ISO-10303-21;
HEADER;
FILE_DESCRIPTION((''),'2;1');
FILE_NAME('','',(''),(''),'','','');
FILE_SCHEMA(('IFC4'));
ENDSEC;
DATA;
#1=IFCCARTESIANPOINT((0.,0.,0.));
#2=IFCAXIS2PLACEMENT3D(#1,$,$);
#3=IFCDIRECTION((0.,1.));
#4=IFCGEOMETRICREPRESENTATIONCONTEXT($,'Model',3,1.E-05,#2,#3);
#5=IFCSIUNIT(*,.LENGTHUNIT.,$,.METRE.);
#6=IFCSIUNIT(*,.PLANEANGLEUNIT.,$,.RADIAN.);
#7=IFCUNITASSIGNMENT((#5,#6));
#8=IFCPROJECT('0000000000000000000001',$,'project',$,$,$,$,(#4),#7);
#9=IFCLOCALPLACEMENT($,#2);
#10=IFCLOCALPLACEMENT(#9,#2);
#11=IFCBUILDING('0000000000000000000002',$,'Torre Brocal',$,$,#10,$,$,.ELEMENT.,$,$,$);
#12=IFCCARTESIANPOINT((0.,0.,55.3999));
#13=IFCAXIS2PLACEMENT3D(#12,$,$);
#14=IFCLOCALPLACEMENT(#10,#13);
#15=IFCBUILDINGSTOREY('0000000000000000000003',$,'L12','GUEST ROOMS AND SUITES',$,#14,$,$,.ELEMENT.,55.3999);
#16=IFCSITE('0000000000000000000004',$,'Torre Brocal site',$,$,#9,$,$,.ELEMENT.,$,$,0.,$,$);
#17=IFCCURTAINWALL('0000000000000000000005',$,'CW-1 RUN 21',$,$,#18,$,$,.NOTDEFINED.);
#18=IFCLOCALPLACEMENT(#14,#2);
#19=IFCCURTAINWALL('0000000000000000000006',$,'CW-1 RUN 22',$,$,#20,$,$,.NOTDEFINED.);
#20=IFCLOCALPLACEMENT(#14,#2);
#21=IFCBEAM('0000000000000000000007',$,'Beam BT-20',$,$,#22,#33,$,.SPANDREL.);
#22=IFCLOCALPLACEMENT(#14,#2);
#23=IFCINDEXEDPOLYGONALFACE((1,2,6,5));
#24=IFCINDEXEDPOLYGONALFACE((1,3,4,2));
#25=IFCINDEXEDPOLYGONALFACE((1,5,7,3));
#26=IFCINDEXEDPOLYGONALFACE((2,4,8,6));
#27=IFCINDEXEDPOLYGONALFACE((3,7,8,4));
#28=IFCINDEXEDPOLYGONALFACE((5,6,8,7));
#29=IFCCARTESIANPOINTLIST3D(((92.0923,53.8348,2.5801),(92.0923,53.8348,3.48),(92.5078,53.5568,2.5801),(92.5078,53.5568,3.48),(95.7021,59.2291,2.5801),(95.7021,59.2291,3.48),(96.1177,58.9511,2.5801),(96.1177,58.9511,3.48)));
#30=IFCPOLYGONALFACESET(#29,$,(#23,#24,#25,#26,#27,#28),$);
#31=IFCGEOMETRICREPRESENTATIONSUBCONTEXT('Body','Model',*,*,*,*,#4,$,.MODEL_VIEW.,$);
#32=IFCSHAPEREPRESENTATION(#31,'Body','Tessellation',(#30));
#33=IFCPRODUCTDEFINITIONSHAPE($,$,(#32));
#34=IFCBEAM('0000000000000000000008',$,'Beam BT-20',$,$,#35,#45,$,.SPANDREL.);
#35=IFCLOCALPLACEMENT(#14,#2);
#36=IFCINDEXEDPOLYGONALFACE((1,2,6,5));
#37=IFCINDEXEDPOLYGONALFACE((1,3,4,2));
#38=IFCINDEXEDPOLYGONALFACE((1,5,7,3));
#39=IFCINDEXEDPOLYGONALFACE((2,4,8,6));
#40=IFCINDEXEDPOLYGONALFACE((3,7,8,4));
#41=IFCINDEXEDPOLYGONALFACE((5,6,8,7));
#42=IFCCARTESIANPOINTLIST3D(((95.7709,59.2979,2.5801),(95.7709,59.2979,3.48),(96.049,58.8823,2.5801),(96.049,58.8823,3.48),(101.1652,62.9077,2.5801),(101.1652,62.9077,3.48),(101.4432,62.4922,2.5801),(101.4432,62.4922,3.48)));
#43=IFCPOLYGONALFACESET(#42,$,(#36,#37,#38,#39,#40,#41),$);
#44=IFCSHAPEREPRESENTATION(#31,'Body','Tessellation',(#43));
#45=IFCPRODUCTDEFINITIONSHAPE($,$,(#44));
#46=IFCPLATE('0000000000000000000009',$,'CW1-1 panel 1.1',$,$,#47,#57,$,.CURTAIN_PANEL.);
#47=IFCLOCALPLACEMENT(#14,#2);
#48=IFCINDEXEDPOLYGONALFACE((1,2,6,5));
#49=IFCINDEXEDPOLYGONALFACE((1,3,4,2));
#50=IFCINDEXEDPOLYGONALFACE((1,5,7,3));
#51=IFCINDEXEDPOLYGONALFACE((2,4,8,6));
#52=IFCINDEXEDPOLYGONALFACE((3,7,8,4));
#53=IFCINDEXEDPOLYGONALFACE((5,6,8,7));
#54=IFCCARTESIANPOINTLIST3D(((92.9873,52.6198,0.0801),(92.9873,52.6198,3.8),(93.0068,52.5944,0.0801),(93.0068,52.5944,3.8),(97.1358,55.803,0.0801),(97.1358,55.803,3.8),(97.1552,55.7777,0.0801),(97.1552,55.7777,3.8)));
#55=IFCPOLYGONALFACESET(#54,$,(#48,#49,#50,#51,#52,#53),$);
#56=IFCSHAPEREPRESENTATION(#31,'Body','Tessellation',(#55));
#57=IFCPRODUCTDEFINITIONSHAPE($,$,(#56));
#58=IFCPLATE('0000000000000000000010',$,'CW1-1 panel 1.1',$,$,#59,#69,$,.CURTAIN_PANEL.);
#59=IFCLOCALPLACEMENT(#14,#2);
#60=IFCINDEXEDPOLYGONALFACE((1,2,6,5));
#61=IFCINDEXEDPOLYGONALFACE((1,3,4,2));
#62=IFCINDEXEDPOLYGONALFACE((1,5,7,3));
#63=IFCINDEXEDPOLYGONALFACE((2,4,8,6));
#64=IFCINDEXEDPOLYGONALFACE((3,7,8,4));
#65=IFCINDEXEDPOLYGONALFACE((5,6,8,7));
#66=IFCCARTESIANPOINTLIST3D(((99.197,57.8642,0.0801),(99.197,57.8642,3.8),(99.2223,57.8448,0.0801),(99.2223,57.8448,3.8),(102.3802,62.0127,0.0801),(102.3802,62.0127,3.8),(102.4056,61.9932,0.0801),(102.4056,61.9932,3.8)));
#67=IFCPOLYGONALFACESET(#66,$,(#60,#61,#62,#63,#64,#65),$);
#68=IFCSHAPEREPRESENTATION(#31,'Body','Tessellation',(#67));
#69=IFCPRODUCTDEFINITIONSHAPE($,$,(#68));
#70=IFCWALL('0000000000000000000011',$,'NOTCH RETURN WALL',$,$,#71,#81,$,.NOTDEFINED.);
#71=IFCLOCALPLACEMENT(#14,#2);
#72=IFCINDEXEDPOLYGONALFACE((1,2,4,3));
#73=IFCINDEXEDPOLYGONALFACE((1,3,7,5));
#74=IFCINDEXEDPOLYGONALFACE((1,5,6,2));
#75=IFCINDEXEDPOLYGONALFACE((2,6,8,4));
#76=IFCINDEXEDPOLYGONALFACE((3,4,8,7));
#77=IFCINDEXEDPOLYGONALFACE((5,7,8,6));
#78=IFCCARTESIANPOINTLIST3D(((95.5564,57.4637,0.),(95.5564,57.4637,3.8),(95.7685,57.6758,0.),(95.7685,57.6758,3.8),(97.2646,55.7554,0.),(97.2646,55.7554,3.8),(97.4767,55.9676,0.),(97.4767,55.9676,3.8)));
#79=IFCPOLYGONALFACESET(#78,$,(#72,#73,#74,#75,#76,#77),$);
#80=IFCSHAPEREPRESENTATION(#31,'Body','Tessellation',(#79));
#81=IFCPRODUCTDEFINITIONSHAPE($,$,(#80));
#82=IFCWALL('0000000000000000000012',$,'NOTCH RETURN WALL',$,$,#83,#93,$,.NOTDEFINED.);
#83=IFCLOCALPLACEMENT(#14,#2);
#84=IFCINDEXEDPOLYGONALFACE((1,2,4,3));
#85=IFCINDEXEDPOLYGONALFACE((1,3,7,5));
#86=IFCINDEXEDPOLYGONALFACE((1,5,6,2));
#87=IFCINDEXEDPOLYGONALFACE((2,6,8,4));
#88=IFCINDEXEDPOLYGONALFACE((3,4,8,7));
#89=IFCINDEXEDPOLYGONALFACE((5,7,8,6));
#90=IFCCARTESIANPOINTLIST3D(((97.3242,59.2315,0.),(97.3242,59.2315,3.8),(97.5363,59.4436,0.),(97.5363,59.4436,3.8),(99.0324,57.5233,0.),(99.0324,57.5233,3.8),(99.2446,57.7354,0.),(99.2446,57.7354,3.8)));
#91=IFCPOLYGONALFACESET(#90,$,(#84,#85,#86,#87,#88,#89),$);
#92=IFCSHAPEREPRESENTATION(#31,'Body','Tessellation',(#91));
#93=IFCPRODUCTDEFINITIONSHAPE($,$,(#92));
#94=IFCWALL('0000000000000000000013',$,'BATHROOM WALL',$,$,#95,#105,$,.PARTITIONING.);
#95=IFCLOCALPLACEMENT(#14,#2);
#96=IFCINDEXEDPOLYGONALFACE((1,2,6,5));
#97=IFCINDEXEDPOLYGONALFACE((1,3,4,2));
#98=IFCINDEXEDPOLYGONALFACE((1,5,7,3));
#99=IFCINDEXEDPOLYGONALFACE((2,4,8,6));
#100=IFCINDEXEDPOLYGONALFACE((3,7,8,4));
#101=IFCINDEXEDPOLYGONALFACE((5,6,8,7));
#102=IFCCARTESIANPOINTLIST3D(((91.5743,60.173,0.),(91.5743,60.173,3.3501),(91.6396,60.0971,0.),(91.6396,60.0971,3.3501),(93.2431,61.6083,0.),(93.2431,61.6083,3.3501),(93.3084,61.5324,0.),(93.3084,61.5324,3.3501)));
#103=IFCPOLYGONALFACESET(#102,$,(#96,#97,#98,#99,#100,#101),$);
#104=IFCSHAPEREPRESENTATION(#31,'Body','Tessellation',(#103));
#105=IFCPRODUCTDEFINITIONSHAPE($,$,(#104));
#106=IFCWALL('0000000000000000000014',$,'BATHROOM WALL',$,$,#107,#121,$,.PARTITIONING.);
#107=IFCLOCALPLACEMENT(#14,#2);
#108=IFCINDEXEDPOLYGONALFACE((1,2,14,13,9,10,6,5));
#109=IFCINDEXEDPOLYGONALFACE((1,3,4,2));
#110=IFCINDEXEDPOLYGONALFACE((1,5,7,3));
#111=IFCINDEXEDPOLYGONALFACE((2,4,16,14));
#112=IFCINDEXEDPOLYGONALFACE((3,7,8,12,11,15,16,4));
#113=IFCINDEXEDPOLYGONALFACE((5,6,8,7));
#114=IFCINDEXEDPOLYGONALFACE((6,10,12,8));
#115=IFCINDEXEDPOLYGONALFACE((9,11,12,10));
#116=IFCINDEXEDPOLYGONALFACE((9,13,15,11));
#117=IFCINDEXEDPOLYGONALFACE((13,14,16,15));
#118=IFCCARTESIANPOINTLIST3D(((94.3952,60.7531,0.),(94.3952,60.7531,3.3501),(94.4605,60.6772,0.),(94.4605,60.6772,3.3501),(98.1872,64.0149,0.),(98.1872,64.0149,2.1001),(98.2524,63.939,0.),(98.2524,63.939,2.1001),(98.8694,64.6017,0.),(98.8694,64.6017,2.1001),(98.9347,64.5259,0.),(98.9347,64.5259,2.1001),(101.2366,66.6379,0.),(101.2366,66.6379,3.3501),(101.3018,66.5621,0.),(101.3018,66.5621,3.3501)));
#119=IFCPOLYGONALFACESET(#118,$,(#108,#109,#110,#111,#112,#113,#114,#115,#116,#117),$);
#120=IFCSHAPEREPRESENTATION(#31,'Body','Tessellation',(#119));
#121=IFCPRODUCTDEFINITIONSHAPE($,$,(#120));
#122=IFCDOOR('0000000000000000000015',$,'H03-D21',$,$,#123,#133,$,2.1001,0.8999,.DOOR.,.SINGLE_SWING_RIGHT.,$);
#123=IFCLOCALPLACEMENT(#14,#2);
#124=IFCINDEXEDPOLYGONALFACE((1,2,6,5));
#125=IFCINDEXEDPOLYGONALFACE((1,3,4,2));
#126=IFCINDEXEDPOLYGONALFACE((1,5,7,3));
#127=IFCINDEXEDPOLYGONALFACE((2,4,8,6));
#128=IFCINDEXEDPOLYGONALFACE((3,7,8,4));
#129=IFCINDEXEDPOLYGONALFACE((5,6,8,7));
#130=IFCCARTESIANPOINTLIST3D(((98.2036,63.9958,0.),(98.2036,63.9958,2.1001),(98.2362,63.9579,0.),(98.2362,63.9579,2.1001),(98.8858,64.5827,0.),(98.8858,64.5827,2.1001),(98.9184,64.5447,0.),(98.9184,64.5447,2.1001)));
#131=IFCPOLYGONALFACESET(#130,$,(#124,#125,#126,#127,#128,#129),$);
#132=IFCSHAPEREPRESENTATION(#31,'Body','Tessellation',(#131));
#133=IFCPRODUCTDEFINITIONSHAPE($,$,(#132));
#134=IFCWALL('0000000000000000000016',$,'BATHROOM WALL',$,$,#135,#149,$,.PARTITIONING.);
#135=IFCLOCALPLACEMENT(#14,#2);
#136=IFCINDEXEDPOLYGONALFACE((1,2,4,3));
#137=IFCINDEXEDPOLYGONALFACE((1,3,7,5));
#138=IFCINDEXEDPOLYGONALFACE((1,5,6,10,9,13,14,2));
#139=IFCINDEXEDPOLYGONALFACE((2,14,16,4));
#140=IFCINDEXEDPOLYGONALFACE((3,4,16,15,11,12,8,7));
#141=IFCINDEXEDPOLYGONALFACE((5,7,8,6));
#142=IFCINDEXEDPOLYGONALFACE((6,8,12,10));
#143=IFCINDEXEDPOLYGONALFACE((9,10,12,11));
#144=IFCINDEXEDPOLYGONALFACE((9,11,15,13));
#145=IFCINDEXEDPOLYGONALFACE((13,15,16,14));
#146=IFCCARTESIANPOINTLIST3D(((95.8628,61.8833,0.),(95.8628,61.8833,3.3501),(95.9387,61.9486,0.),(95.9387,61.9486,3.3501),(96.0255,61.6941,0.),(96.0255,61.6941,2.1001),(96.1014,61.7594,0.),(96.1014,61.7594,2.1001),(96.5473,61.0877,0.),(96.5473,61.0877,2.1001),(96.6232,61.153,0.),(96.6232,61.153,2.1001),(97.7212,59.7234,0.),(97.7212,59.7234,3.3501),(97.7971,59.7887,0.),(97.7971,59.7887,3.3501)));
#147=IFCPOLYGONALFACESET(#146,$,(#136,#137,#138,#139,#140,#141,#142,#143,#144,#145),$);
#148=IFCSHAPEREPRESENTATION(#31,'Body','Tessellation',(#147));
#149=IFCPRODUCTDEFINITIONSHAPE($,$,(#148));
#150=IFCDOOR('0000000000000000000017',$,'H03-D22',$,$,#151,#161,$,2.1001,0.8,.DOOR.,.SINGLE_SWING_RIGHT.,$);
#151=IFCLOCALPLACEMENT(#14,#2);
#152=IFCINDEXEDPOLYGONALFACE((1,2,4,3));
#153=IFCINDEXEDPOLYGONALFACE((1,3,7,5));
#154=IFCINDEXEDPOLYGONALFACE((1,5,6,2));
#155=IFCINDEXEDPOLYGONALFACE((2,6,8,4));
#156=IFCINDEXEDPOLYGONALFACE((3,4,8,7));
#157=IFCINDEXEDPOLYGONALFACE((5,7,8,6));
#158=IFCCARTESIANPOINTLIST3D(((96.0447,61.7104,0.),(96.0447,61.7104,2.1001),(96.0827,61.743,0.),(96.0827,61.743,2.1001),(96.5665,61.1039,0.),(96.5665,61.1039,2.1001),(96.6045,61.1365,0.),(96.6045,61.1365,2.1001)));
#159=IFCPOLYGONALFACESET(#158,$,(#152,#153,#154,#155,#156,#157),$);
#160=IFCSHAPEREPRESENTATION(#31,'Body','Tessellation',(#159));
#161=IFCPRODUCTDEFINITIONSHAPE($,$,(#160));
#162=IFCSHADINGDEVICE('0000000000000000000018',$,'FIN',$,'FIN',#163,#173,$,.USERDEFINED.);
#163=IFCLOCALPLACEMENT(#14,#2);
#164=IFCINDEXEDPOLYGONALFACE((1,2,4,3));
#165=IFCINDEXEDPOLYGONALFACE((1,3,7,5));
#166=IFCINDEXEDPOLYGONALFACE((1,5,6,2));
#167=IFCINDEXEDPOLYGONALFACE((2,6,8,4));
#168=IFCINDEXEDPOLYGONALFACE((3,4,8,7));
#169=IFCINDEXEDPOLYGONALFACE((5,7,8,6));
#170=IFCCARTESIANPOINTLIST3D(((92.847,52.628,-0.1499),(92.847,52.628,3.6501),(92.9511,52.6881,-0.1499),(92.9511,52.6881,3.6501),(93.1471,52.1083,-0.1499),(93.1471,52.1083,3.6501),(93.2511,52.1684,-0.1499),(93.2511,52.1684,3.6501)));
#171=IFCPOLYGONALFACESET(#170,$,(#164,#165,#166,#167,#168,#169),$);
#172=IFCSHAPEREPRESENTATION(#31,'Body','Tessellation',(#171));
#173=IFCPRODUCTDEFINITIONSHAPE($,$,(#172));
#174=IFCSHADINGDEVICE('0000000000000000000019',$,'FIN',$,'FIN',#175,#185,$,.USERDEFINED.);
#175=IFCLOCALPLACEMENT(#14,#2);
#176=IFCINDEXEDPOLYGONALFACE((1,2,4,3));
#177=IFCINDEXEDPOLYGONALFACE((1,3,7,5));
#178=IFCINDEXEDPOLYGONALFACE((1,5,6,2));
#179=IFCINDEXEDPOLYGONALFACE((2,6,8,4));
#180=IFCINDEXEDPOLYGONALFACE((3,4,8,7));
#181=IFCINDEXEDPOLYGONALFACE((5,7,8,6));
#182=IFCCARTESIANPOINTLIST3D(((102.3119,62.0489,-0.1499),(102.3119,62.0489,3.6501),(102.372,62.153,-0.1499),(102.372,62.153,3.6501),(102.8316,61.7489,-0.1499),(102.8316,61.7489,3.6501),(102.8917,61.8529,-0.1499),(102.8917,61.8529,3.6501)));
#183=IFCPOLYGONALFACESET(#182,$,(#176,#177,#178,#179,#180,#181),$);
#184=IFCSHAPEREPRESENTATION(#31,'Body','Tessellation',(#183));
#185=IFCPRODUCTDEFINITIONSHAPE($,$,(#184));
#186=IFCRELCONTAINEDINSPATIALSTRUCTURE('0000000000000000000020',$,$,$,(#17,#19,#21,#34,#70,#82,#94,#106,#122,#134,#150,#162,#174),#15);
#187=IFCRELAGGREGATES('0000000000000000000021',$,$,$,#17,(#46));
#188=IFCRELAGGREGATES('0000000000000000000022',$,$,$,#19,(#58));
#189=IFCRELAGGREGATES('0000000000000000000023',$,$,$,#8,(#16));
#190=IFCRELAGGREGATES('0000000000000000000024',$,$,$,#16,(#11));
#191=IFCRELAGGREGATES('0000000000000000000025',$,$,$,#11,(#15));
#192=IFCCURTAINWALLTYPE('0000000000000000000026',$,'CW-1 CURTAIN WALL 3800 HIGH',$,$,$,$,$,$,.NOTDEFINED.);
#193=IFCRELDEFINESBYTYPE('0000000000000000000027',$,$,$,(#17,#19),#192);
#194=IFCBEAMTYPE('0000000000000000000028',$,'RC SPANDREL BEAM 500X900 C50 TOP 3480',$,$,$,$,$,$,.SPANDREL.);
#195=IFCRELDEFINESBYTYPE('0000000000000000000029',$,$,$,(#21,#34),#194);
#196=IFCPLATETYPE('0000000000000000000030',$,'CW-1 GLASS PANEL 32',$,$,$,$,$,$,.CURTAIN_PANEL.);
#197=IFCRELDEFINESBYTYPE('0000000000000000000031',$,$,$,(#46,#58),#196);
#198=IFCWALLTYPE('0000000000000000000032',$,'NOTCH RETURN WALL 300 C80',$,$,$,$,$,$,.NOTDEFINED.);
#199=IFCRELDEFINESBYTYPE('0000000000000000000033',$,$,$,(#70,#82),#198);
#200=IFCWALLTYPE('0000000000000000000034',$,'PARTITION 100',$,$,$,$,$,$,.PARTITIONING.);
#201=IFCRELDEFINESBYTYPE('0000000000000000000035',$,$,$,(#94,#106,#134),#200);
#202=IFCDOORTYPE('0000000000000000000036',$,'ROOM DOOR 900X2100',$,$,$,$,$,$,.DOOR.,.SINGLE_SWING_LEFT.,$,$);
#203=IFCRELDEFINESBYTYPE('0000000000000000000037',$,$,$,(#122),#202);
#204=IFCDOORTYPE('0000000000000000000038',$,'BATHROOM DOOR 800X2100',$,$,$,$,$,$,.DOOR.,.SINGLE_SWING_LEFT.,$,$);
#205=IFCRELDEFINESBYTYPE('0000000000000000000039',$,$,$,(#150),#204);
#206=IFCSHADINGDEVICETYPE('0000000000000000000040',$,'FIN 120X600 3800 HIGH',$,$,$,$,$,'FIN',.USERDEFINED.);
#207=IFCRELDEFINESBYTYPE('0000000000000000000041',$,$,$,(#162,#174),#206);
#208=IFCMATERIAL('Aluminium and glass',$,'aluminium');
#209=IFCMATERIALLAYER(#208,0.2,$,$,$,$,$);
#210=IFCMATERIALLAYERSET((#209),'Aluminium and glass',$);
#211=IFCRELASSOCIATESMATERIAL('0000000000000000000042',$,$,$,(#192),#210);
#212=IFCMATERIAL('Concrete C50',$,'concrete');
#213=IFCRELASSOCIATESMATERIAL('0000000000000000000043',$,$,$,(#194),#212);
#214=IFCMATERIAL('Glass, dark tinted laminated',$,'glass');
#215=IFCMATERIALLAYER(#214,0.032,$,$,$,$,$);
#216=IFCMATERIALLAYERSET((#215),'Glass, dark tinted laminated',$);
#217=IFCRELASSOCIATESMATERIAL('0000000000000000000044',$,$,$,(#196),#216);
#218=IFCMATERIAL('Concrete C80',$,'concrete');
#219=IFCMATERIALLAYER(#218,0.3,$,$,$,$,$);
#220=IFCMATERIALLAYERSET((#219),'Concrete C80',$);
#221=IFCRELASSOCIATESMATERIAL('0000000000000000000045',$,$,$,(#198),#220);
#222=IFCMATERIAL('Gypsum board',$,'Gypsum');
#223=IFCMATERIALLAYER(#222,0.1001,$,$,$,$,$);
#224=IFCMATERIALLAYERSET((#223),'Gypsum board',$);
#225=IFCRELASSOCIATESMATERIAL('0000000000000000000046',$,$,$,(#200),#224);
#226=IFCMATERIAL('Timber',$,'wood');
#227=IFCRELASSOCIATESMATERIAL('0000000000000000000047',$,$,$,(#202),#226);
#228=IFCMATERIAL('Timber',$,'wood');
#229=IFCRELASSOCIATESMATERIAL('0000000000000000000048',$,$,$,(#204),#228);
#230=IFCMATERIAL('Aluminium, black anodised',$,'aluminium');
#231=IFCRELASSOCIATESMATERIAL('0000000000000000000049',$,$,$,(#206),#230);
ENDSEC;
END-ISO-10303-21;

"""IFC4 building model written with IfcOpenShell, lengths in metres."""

from ifc_helpers import new_model, si_unit, direction, frame, frame_2d, origin, origin_2d, place, context, subcontext, project, spatial, rectangle, extrude, material, layer, layer_set, material_profile, profile_set, type_object, element, fill, aggregate, save


model = new_model("IFC4")

# Units and contexts
model_context = context("Model", 3, precision=1e-05, world=origin(), true_north=direction((0.0, 1.0)))
body_context = subcontext(model_context, "Body", "Model", "MODEL_VIEW")
ifc_project = project(units=[si_unit("LENGTHUNIT", "METRE"), si_unit("PLANEANGLEUNIT", "RADIAN")], contexts=[model_context])

# Site, building, storey
site_placement = place(None, origin())
site = spatial("IfcSite", under=ifc_project, at=site_placement, Name="Torre Brocal site", CompositionType="ELEMENT", RefElevation=0.0)
building_placement = place(site_placement, origin())
building = spatial("IfcBuilding", under=site, at=building_placement, Name="Torre Brocal", CompositionType="ELEMENT")
storey_placement = place(building_placement, frame((0.0, 0.0, 55.3999)))
storey = spatial("IfcBuildingStorey", under=building, at=storey_placement, Name="L12", Description="GUEST ROOMS AND SUITES", CompositionType="ELEMENT", Elevation=55.3999)

# Shared definitions
ifc_material_1 = material(Name="Aluminium and glass", Category="aluminium")
ifc_layer_1 = layer(ifc_material_1, 0.2)
ifc_layer_set_1 = layer_set([ifc_layer_1], Name="Aluminium and glass")
curtain_wall_type = type_object("IfcCurtainWallType", Name="CW-1 CURTAIN WALL 3800 HIGH", PredefinedType="NOTDEFINED", material=ifc_layer_set_1)

# Curtain walls
curtain_wall_1_placement = place(storey_placement, origin())
curtain_wall_1 = element("IfcCurtainWall", 1, at=curtain_wall_1_placement, inside=storey, type_object=curtain_wall_type, Name="CW-1 RUN 21", PredefinedType="NOTDEFINED")
curtain_wall_2_placement = place(storey_placement, origin())
curtain_wall_2 = element("IfcCurtainWall", 2, at=curtain_wall_2_placement, inside=storey, type_object=curtain_wall_type, Name="CW-1 RUN 22", PredefinedType="NOTDEFINED")

# Beams
ifc_material_2 = material(Name="Concrete C50", Category="concrete")
ifc_material_profile_1 = material_profile(ifc_material_2, rectangle(XDim=0.5, YDim=0.8999, at=origin_2d()), Name="RC 500X900")
ifc_profile_set_1 = profile_set([ifc_material_profile_1], Name="Concrete C50")
beam_type_1 = type_object("IfcBeamType", Name="RC SPANDREL BEAM 500X900 C50 TOP 3480", PredefinedType="SPANDREL", material=ifc_profile_set_1)
for number, where, z_axis, x_axis, name in (
    (3, (92.3, 53.6958, 3.03), (0.556158, 0.831077, 0.0), (-0.831077, 0.556158, 0.0), "Beam BT-20"),
    (4, (95.9099, 59.0901, 3.03), (0.831077, 0.556158, 0.0), (-0.556158, 0.831077, 0.0), "Beam BT-20"),
):
    element("IfcBeam", number, at=place(storey_placement, frame(where, z_axis=z_axis, x_axis=x_axis)), inside=storey, type_object=beam_type_1, Name=name, PredefinedType="SPANDREL", context=body_context, shape_type="SweptSolid", body=[
        extrude(rectangle(XDim=0.5, YDim=0.8999, at=origin_2d()), origin(), (0.0, 0.0, 1.0), 6.4907),
    ])

# Plates
ifc_material_3 = material(Name="Glass, dark tinted laminated", Category="glass")
ifc_layer_2 = layer(ifc_material_3, 0.032)
ifc_layer_set_2 = layer_set([ifc_layer_2], Name="Glass, dark tinted laminated")
plate_type = type_object("IfcPlateType", Name="CW-1 GLASS PANEL 32", PredefinedType="CURTAIN_PANEL", material=ifc_layer_set_2)
plate_1_placement = place(storey_placement, frame((95.0713, 54.1987, 0.0801), z_axis=(0.0, 0.0, 1.0), x_axis=(0.793353, 0.608761, 0.0)))
plate_1 = element("IfcPlate", 5, at=plate_1_placement, type_object=plate_type, Name="CW1-1 panel 1.1", PredefinedType="CURTAIN_PANEL", context=body_context, shape_type="SweptSolid", body=[
    extrude(rectangle(XDim=5.229, YDim=0.032, at=origin_2d()), origin(), (0.0, 0.0, 1.0), 3.72),
])
aggregate(curtain_wall_1, [plate_1])
plate_2_placement = place(storey_placement, frame((100.8013, 59.9287, 0.0801), z_axis=(0.0, 0.0, 1.0), x_axis=(0.608761, 0.793353, 0.0)))
plate_2 = element("IfcPlate", 6, at=plate_2_placement, type_object=plate_type, Name="CW1-1 panel 1.1", PredefinedType="CURTAIN_PANEL", context=body_context, shape_type="SweptSolid", body=[
    extrude(rectangle(XDim=5.229, YDim=0.032, at=origin_2d()), origin(), (0.0, 0.0, 1.0), 3.72),
])
aggregate(curtain_wall_2, [plate_2])

# Walls
ifc_material_4 = material(Name="Concrete C80", Category="concrete")
ifc_layer_3 = layer(ifc_material_4, 0.3)
ifc_layer_set_3 = layer_set([ifc_layer_3], Name="Concrete C80")
wall_type_1 = type_object("IfcWallType", Name="NOTCH RETURN WALL 300 C80", PredefinedType="NOTDEFINED", material=ifc_layer_set_3)
for number, where, z_axis, x_axis, name in (
    (7, (95.6624, 57.5698, 0.0), (0.0, 0.0, 1.0), (0.707107, -0.707107, 0.0), "NOTCH RETURN WALL"),
    (8, (97.4302, 59.3376, 0.0), (0.0, 0.0, 1.0), (0.707107, -0.707107, 0.0), "NOTCH RETURN WALL"),
):
    element("IfcWall", number, at=place(storey_placement, frame(where, z_axis=z_axis, x_axis=x_axis)), inside=storey, type_object=wall_type_1, Name=name, PredefinedType="NOTDEFINED", context=body_context, shape_type="SweptSolid", body=[
        extrude(rectangle(XDim=2.4158, YDim=0.3, at=frame_2d((1.208, 0.0))), origin(), (0.0, 0.0, 1.0), 3.8),
    ])
ifc_material_5 = material(Name="Gypsum board", Category="Gypsum")
ifc_layer_4 = layer(ifc_material_5, 0.1001)
ifc_layer_set_4 = layer_set([ifc_layer_4], Name="Gypsum board")
wall_type_2 = type_object("IfcWallType", Name="PARTITION 100", PredefinedType="PARTITIONING", material=ifc_layer_set_4)
wall_1_placement = place(storey_placement, frame((91.6069, 60.135, 0.0), z_axis=(0.0, 0.0, 1.0), x_axis=(0.758136, 0.652097, 0.0)))
element("IfcWall", 9, at=wall_1_placement, inside=storey, type_object=wall_type_2, Name="BATHROOM WALL", PredefinedType="PARTITIONING", context=body_context, shape_type="SweptSolid", body=[
    extrude(rectangle(XDim=2.2012, YDim=0.1001, at=frame_2d((1.1006, 0.0))), origin(), (0.0, 0.0, 1.0), 3.3501),
])

# Walls, openings, doors
wall_2_placement = place(storey_placement, frame((94.4277, 60.7151, 0.0), z_axis=(0.0, 0.0, 1.0), x_axis=(0.758117, 0.652118, 0.0)))
wall_2 = element("IfcWall", 10, at=wall_2_placement, inside=storey, type_object=wall_type_2, Name="BATHROOM WALL", PredefinedType="PARTITIONING", context=body_context, shape_type="SweptSolid", body=[
    extrude(rectangle(XDim=9.0242, YDim=0.1001, at=frame_2d((4.5122, 0.0))), origin(), (0.0, 0.0, 1.0), 3.3501),
])
opening_1_placement = place(wall_2_placement, frame((5.002, 0.0, 0.0)))
opening_1 = element("IfcOpeningElement", 11, at=opening_1_placement, cuts=wall_2, PredefinedType="OPENING", context=body_context, shape_type="SweptSolid", body=[
    extrude(rectangle(XDim=0.8999, YDim=2.1001, at=frame_2d((0.45, 1.05))), frame((0.0, 0.0601, 0.0), z_axis=(0.0, -1.0, 0.0), x_axis=(1.0, 0.0, 0.0)), (0.0, 0.0, 1.0), 0.1201),
])
ifc_material_6 = material(Name="Timber", Category="wood")
door_type_1 = type_object("IfcDoorType", Name="ROOM DOOR 900X2100", OperationType="SINGLE_SWING_LEFT", PredefinedType="DOOR", material=ifc_material_6)
door_1_placement = place(opening_1_placement, origin())
door_1 = element("IfcDoor", 12, at=door_1_placement, inside=storey, type_object=door_type_1, Name="H03-D21", OperationType="SINGLE_SWING_RIGHT", OverallHeight=2.1001, OverallWidth=0.8999, PredefinedType="DOOR", context=body_context, shape_type="SweptSolid", body=[
    extrude(rectangle(XDim=0.8999, YDim=2.1001, at=frame_2d((0.45, 1.05))), frame((0.0, 0.0249, 0.0), z_axis=(0.0, -1.0, 0.0), x_axis=(1.0, 0.0, 0.0)), (0.0, 0.0, 1.0), 0.05),
])
fill(opening_1, door_1)
wall_3_placement = place(storey_placement, frame((95.9006, 61.916, 0.0), z_axis=(0.0, 0.0, 1.0), x_axis=(0.652216, -0.758034, 0.0)))
wall_3 = element("IfcWall", 13, at=wall_3_placement, inside=storey, type_object=wall_type_2, Name="BATHROOM WALL", PredefinedType="PARTITIONING", context=body_context, shape_type="SweptSolid", body=[
    extrude(rectangle(XDim=2.8494, YDim=0.1001, at=frame_2d((1.4248, 0.0))), origin(), (0.0, 0.0, 1.0), 3.3501),
])
opening_2_placement = place(wall_3_placement, frame((0.2498, 0.0, 0.0)))
opening_2 = element("IfcOpeningElement", 14, at=opening_2_placement, cuts=wall_3, PredefinedType="OPENING", context=body_context, shape_type="SweptSolid", body=[
    extrude(rectangle(XDim=0.8, YDim=2.1001, at=frame_2d((0.3999, 1.05))), frame((0.0, 0.0601, 0.0), z_axis=(0.0, -1.0, 0.0), x_axis=(1.0, 0.0, 0.0)), (0.0, 0.0, 1.0), 0.1201),
])
ifc_material_7 = material(Name="Timber", Category="wood")
door_type_2 = type_object("IfcDoorType", Name="BATHROOM DOOR 800X2100", OperationType="SINGLE_SWING_LEFT", PredefinedType="DOOR", material=ifc_material_7)
door_2_placement = place(opening_2_placement, frame((0.8, 0.0, 0.0), z_axis=(0.0, 0.0, 1.0), x_axis=(-1.0, 0.0, 0.0)))
door_2 = element("IfcDoor", 15, at=door_2_placement, inside=storey, type_object=door_type_2, Name="H03-D22", OperationType="SINGLE_SWING_RIGHT", OverallHeight=2.1001, OverallWidth=0.8, PredefinedType="DOOR", context=body_context, shape_type="SweptSolid", body=[
    extrude(rectangle(XDim=0.8, YDim=2.1001, at=frame_2d((0.3999, 1.05))), frame((0.0, 0.0249, 0.0), z_axis=(0.0, -1.0, 0.0), x_axis=(1.0, 0.0, 0.0)), (0.0, 0.0, 1.0), 0.05),
])
fill(opening_2, door_2)

# Shading devices
ifc_material_8 = material(Name="Aluminium, black anodised", Category="aluminium")
ifc_material_profile_2 = material_profile(ifc_material_8, rectangle(XDim=0.1201, YDim=0.6001, at=origin_2d()), Name="FIN 120X600 3800 HIGH")
ifc_profile_set_2 = profile_set([ifc_material_profile_2], Name="Aluminium, black anodised")
shading_device_type = type_object("IfcShadingDeviceType", Name="FIN 120X600 3800 HIGH", ElementType="FIN", PredefinedType="USERDEFINED", material=ifc_profile_set_2)
for number, where, z_axis, x_axis, name in (
    (16, (93.0491, 52.3982, -0.1499), (0.0, 0.0, 1.0), (0.866025, 0.5, 0.0), "FIN"),
    (17, (102.6018, 61.9509, -0.1499), (0.0, 0.0, 1.0), (0.5, 0.866025, 0.0), "FIN"),
):
    element("IfcShadingDevice", number, at=place(storey_placement, frame(where, z_axis=z_axis, x_axis=x_axis)), inside=storey, type_object=shading_device_type, Name=name, ObjectType="FIN", PredefinedType="USERDEFINED", context=body_context, shape_type="SweptSolid", body=[
        extrude(rectangle(XDim=0.1201, YDim=0.6001, at=origin_2d()), origin(), (0.0, 0.0, 1.0), 3.8),
    ])

save(model, "model.ifc")
